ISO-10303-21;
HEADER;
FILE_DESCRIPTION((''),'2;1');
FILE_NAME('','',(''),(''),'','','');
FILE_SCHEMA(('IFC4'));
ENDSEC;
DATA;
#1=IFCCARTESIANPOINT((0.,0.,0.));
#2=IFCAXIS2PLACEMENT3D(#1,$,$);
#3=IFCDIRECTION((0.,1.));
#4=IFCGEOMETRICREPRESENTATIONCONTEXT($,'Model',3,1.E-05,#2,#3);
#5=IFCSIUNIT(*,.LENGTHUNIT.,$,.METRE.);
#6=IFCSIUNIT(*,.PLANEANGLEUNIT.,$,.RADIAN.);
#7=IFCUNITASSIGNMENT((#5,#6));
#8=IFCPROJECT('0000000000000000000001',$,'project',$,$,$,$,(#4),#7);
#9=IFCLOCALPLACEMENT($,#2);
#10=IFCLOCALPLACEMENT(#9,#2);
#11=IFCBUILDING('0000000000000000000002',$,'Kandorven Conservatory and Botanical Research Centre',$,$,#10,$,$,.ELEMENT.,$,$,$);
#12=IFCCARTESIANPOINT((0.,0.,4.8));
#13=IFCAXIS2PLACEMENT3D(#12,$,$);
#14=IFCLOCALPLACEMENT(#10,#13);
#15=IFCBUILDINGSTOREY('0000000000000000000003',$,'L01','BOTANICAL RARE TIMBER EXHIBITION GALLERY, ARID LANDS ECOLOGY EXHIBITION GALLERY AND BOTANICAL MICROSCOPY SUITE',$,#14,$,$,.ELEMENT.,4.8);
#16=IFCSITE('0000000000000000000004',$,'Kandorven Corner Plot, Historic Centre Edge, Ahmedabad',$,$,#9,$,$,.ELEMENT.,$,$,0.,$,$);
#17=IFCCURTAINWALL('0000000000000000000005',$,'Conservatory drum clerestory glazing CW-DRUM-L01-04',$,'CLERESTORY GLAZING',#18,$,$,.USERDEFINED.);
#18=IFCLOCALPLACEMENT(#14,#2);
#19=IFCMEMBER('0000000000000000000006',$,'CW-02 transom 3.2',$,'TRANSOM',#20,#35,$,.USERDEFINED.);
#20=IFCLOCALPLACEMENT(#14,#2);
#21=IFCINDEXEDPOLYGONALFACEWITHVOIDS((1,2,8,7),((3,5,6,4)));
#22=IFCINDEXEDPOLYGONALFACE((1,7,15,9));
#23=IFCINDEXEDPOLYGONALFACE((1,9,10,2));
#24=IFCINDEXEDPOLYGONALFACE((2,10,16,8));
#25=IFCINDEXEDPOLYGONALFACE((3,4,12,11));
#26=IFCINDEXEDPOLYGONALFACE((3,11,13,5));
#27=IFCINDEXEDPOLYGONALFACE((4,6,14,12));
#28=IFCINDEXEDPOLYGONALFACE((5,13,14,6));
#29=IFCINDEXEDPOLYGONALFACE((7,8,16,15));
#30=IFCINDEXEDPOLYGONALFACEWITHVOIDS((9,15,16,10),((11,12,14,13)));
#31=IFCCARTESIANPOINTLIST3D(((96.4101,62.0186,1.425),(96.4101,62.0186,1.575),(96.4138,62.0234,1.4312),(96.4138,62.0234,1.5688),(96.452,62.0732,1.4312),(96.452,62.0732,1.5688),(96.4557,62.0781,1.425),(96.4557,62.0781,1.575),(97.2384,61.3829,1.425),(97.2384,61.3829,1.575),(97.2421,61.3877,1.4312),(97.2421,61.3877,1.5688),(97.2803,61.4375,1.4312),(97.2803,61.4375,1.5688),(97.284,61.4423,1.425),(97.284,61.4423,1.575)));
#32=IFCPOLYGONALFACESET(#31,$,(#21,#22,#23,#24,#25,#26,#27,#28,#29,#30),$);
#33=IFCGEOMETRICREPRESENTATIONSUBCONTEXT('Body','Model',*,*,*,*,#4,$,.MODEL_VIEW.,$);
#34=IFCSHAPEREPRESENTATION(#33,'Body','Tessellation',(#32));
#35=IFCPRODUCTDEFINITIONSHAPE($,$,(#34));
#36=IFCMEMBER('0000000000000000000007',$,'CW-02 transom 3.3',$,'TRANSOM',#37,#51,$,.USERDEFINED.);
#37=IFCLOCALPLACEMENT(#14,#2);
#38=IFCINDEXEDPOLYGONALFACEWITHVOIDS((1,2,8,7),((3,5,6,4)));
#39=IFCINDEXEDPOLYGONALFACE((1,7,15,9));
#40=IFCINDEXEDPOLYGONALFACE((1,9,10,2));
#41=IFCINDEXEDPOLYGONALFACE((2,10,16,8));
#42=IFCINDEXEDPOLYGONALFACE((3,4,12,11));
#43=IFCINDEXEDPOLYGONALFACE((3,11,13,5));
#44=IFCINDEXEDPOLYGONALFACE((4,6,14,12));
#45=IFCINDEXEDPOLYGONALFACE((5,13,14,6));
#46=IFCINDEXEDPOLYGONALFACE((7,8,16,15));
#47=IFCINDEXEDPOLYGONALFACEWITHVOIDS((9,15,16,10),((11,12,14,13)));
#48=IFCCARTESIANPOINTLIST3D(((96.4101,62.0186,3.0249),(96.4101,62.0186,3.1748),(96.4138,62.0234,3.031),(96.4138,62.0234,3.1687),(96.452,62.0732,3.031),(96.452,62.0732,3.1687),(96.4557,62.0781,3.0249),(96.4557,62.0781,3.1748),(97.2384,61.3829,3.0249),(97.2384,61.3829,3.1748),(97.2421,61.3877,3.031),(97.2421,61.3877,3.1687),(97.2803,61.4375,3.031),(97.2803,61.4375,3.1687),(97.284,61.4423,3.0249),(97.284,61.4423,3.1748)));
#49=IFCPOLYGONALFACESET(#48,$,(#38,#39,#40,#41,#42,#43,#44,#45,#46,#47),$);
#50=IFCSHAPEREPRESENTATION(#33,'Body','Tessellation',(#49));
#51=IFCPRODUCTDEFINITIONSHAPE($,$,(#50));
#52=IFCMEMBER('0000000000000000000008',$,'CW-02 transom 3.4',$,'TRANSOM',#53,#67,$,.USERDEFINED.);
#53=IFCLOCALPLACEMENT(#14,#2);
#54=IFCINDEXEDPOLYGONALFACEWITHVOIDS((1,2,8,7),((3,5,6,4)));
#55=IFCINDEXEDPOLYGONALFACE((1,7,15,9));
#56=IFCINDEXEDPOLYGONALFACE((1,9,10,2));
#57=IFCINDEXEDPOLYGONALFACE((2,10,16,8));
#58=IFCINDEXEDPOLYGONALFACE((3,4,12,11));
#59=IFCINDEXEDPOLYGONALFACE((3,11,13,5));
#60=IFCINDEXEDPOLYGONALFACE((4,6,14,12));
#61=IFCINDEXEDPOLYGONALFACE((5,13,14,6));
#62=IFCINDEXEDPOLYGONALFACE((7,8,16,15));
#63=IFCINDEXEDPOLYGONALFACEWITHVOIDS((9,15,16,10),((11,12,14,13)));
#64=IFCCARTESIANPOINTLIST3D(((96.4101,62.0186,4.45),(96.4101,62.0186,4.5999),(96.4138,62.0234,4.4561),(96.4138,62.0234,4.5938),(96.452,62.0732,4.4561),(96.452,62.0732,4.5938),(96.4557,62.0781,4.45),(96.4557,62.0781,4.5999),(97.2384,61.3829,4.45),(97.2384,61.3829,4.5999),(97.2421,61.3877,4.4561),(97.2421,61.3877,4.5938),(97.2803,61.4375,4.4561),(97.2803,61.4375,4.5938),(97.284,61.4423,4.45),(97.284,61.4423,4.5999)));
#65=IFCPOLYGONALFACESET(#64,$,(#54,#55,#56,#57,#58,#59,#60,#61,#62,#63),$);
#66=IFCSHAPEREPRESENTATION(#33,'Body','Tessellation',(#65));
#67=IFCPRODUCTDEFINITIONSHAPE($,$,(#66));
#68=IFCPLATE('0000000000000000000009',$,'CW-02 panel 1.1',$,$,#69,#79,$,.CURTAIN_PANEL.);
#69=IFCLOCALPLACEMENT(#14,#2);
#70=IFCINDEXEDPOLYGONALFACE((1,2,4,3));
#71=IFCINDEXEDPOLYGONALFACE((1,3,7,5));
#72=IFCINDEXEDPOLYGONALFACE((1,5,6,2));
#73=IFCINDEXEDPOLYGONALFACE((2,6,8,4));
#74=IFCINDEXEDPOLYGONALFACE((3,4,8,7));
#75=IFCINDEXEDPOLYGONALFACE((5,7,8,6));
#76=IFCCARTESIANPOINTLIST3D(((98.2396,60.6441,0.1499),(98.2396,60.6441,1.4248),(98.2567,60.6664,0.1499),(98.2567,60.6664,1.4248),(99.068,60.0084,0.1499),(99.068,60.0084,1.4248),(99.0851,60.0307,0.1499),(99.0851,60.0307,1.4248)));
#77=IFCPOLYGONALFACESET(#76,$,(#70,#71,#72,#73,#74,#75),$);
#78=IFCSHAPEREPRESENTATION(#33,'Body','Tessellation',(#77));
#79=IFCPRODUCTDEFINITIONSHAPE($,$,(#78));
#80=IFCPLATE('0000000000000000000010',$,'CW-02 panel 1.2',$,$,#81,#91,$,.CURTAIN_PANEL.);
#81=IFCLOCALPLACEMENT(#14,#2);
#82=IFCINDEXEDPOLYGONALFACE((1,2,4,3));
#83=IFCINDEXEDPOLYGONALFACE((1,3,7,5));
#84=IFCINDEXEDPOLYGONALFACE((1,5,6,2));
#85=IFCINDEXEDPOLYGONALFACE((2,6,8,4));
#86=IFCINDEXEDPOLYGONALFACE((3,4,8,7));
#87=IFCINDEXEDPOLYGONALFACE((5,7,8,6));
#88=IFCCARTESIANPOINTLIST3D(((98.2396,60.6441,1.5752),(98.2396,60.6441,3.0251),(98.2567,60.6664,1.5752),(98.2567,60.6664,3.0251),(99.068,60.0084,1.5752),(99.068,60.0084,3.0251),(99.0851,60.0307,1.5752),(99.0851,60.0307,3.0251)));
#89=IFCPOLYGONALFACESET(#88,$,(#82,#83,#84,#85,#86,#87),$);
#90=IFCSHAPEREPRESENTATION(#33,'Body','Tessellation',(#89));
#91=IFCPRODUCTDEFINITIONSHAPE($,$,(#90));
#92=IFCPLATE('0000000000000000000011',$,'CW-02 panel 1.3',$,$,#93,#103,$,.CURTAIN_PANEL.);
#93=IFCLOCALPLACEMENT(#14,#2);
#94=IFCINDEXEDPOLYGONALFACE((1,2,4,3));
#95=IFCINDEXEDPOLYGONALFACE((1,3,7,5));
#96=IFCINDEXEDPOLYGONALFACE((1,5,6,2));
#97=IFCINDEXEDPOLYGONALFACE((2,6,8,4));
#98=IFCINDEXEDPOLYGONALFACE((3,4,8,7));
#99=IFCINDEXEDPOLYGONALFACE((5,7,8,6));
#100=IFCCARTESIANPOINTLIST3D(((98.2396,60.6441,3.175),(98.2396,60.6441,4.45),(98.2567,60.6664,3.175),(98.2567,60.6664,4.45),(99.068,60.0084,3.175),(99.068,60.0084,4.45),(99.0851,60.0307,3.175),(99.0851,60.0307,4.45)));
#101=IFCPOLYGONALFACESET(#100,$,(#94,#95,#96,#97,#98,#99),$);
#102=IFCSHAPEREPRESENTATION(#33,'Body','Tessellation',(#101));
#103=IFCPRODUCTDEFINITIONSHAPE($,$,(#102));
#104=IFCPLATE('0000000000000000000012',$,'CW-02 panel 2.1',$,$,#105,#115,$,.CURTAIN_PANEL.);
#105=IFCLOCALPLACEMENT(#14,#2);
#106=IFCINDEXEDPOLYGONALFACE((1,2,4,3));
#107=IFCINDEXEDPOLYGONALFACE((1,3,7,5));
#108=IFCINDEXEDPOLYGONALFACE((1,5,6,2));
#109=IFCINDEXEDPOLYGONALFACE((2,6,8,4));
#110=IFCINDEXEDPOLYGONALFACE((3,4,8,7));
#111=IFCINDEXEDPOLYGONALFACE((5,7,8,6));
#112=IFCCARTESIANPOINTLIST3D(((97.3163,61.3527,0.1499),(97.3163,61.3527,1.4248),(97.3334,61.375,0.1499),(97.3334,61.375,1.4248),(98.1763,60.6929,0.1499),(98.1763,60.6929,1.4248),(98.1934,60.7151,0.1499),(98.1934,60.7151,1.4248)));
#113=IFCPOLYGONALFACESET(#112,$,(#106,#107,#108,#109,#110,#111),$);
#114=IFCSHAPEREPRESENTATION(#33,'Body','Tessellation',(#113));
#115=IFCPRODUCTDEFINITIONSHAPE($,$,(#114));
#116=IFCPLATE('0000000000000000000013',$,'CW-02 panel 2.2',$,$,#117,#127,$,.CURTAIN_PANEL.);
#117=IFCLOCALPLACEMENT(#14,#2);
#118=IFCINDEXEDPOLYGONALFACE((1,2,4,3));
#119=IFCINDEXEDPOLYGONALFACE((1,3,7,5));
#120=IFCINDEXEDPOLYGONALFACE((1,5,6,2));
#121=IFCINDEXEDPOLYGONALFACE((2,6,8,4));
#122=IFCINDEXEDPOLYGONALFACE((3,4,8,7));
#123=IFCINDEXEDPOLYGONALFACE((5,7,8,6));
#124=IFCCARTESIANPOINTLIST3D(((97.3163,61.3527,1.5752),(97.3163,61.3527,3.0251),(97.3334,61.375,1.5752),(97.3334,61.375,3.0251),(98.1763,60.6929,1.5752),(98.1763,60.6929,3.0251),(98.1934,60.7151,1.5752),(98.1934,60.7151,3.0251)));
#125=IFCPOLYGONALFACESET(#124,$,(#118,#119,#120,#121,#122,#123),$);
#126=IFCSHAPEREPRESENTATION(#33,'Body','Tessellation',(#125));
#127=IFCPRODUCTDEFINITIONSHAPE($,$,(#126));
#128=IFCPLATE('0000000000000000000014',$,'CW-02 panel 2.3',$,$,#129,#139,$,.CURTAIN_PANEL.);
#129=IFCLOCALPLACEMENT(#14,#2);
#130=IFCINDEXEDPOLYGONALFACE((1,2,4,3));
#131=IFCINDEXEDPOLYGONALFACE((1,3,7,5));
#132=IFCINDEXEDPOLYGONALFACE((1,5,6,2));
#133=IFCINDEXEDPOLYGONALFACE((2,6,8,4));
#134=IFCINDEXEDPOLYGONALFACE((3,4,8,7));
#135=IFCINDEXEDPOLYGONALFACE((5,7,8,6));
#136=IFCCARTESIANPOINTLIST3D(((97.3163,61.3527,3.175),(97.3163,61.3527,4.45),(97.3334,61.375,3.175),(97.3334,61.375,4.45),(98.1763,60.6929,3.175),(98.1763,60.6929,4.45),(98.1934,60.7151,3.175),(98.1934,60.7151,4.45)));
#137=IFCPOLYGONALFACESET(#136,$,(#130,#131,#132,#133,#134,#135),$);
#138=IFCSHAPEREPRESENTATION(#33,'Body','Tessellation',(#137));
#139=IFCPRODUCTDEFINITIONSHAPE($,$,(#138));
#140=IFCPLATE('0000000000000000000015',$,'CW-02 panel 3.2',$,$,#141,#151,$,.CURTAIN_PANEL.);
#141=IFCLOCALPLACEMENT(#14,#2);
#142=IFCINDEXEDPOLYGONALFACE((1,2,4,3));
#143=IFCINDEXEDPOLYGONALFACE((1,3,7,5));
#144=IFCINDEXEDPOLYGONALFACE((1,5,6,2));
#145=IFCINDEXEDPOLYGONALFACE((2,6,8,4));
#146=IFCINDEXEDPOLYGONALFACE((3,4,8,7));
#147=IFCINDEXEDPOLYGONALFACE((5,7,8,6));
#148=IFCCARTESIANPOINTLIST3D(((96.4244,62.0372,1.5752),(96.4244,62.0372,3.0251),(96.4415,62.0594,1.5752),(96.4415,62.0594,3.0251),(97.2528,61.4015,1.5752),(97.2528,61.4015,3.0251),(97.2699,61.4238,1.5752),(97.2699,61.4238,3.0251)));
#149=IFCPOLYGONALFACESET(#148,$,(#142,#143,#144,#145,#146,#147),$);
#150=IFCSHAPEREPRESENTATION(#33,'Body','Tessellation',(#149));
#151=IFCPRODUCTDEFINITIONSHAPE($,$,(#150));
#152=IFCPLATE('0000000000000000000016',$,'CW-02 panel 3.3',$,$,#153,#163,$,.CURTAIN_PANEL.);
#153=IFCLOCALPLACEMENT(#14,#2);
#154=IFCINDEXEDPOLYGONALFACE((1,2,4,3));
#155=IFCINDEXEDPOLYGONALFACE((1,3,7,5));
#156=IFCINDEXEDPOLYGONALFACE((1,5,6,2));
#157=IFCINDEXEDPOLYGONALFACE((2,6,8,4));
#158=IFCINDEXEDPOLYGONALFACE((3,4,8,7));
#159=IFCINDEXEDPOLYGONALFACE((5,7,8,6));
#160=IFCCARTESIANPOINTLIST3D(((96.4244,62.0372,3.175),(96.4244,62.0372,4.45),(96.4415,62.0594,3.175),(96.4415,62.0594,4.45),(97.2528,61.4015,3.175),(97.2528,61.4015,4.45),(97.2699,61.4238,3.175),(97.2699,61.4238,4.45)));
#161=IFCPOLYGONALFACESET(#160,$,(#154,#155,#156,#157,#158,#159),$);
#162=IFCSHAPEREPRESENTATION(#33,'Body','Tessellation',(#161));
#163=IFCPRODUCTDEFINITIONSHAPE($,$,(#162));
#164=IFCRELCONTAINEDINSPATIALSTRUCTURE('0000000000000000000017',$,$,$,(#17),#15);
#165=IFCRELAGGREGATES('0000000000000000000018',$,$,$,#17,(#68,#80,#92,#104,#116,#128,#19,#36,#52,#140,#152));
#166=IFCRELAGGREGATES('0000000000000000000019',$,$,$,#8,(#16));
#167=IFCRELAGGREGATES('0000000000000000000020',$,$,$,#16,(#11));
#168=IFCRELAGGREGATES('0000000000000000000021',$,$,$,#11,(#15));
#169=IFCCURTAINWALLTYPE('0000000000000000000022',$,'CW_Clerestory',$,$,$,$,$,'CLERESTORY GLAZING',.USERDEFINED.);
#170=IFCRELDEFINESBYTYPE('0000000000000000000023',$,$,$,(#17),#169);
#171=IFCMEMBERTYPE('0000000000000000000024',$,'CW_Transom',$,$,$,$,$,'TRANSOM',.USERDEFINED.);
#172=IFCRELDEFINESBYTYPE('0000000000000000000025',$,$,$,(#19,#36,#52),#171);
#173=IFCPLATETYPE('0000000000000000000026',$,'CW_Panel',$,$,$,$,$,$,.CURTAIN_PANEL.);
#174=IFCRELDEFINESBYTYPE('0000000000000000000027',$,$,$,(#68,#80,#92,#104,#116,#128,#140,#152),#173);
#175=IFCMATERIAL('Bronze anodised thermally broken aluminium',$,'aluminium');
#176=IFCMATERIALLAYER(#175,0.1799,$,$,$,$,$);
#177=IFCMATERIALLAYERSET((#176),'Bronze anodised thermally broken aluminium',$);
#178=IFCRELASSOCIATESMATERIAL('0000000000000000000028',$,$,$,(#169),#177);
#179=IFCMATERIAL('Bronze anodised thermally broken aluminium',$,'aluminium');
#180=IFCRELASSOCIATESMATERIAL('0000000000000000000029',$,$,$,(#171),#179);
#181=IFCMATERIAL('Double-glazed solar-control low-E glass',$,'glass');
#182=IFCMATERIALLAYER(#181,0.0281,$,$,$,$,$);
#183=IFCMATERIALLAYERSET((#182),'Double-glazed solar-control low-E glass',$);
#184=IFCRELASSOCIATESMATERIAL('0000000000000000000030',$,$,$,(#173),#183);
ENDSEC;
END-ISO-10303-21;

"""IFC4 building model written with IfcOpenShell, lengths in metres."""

from ifc_helpers import new_model, si_unit, direction, frame, origin, origin_2d, place, context, subcontext, project, spatial, rectangle, hollow_rectangle, extrude, material, layer, layer_set, material_profile, profile_set, type_object, element, aggregate, save


model = new_model("IFC4")

# Units and contexts
model_context = context("Model", 3, precision=1e-05, world=origin(), true_north=direction((0.0, 1.0)))
body_context = subcontext(model_context, "Body", "Model", "MODEL_VIEW")
ifc_project = project(units=[si_unit("LENGTHUNIT", "METRE"), si_unit("PLANEANGLEUNIT", "RADIAN")], contexts=[model_context])

# Site, building, storey
site_placement = place(None, origin())
site = spatial("IfcSite", under=ifc_project, at=site_placement, Name="Kandorven Corner Plot, Historic Centre Edge, Ahmedabad", CompositionType="ELEMENT", RefElevation=0.0)
building_placement = place(site_placement, origin())
building = spatial("IfcBuilding", under=site, at=building_placement, Name="Kandorven Conservatory and Botanical Research Centre", CompositionType="ELEMENT")
storey_placement = place(building_placement, frame((0.0, 0.0, 4.8)))
storey = spatial("IfcBuildingStorey", under=building, at=storey_placement, Name="L01", Description="BOTANICAL RARE TIMBER EXHIBITION GALLERY, ARID LANDS ECOLOGY EXHIBITION GALLERY AND BOTANICAL MICROSCOPY SUITE", CompositionType="ELEMENT", Elevation=4.8)

# Curtain wall, members, plates
ifc_material_1 = material(Name="Bronze anodised thermally broken aluminium", Category="aluminium")
ifc_layer_1 = layer(ifc_material_1, 0.1799)
ifc_layer_set_1 = layer_set([ifc_layer_1], Name="Bronze anodised thermally broken aluminium")
curtain_wall_type = type_object("IfcCurtainWallType", Name="CW_Clerestory", ElementType="CLERESTORY GLAZING", PredefinedType="USERDEFINED", material=ifc_layer_set_1)
curtain_wall_placement = place(storey_placement, origin())
curtain_wall = element("IfcCurtainWall", 1, at=curtain_wall_placement, inside=storey, type_object=curtain_wall_type, Name="Conservatory drum clerestory glazing CW-DRUM-L01-04", ObjectType="CLERESTORY GLAZING", PredefinedType="USERDEFINED")
ifc_material_2 = material(Name="Bronze anodised thermally broken aluminium", Category="aluminium")
ifc_material_profile_1 = material_profile(ifc_material_2, hollow_rectangle(XDim=0.075, YDim=0.1499, WallThickness=0.0061, at=origin_2d()))
ifc_profile_set_1 = profile_set([ifc_material_profile_1], Name="Bronze anodised thermally broken aluminium")
member_type_1 = type_object("IfcMemberType", Name="CW_Transom", ElementType="TRANSOM", PredefinedType="USERDEFINED", material=ifc_profile_set_1)
member_1_placement = place(storey_placement, frame((97.2612, 61.4126, 1.5), z_axis=(-0.793301, 0.608829, 0.0), x_axis=(-0.608829, -0.793301, 0.0)))
member_1 = element("IfcMember", 2, at=member_1_placement, type_object=member_type_1, Name="CW-02 transom 3.2", ObjectType="TRANSOM", PredefinedType="USERDEFINED", context=body_context, shape_type="SweptSolid", body=[
    extrude(hollow_rectangle(XDim=0.075, YDim=0.1499, WallThickness=0.0061, at=origin_2d()), origin(), (0.0, 0.0, 1.0), 1.0442),
])
member_2_placement = place(storey_placement, frame((97.2612, 61.4126, 3.0999), z_axis=(-0.793301, 0.608829, 0.0), x_axis=(-0.608829, -0.793301, 0.0)))
member_2 = element("IfcMember", 3, at=member_2_placement, type_object=member_type_1, Name="CW-02 transom 3.3", ObjectType="TRANSOM", PredefinedType="USERDEFINED", context=body_context, shape_type="SweptSolid", body=[
    extrude(hollow_rectangle(XDim=0.075, YDim=0.1499, WallThickness=0.0061, at=origin_2d()), origin(), (0.0, 0.0, 1.0), 1.0442),
])
member_3_placement = place(storey_placement, frame((97.2612, 61.4126, 4.5249), z_axis=(-0.793301, 0.608829, 0.0), x_axis=(-0.608829, -0.793301, 0.0)))
member_3 = element("IfcMember", 4, at=member_3_placement, type_object=member_type_1, Name="CW-02 transom 3.4", ObjectType="TRANSOM", PredefinedType="USERDEFINED", context=body_context, shape_type="SweptSolid", body=[
    extrude(hollow_rectangle(XDim=0.075, YDim=0.1499, WallThickness=0.0061, at=origin_2d()), origin(), (0.0, 0.0, 1.0), 1.0442),
])
ifc_material_3 = material(Name="Double-glazed solar-control low-E glass", Category="glass")
ifc_layer_2 = layer(ifc_material_3, 0.0281)
ifc_layer_set_2 = layer_set([ifc_layer_2], Name="Double-glazed solar-control low-E glass")
plate_type = type_object("IfcPlateType", Name="CW_Panel", PredefinedType="CURTAIN_PANEL", material=ifc_layer_set_2)
plate_1_placement = place(storey_placement, frame((98.6624, 60.3374, 0.1499), z_axis=(0.0, 0.0, 1.0), x_axis=(-0.793347, 0.608769, 0.0)))
plate_1 = element("IfcPlate", 5, at=plate_1_placement, type_object=plate_type, Name="CW-02 panel 1.1", PredefinedType="CURTAIN_PANEL", context=body_context, shape_type="SweptSolid", body=[
    extrude(rectangle(XDim=1.0442, YDim=0.0281, at=origin_2d()), origin(), (0.0, 0.0, 1.0), 1.2749),
])
plate_2_placement = place(storey_placement, frame((98.6624, 60.3374, 1.5752), z_axis=(0.0, 0.0, 1.0), x_axis=(-0.793347, 0.608769, 0.0)))
plate_2 = element("IfcPlate", 6, at=plate_2_placement, type_object=plate_type, Name="CW-02 panel 1.2", PredefinedType="CURTAIN_PANEL", context=body_context, shape_type="SweptSolid", body=[
    extrude(rectangle(XDim=1.0442, YDim=0.0281, at=origin_2d()), origin(), (0.0, 0.0, 1.0), 1.45),
])
plate_3_placement = place(storey_placement, frame((98.6624, 60.3374, 3.175), z_axis=(0.0, 0.0, 1.0), x_axis=(-0.793347, 0.608769, 0.0)))
plate_3 = element("IfcPlate", 7, at=plate_3_placement, type_object=plate_type, Name="CW-02 panel 1.3", PredefinedType="CURTAIN_PANEL", context=body_context, shape_type="SweptSolid", body=[
    extrude(rectangle(XDim=1.0442, YDim=0.0281, at=origin_2d()), origin(), (0.0, 0.0, 1.0), 1.2749),
])
plate_4_placement = place(storey_placement, frame((97.7549, 61.0339, 0.1499), z_axis=(0.0, 0.0, 1.0), x_axis=(-0.793347, 0.608769, 0.0)))
plate_4 = element("IfcPlate", 8, at=plate_4_placement, type_object=plate_type, Name="CW-02 panel 2.1", PredefinedType="CURTAIN_PANEL", context=body_context, shape_type="SweptSolid", body=[
    extrude(rectangle(XDim=1.084, YDim=0.0281, at=origin_2d()), origin(), (0.0, 0.0, 1.0), 1.2749),
])
plate_5_placement = place(storey_placement, frame((97.7549, 61.0339, 1.5752), z_axis=(0.0, 0.0, 1.0), x_axis=(-0.793347, 0.608769, 0.0)))
plate_5 = element("IfcPlate", 9, at=plate_5_placement, type_object=plate_type, Name="CW-02 panel 2.2", PredefinedType="CURTAIN_PANEL", context=body_context, shape_type="SweptSolid", body=[
    extrude(rectangle(XDim=1.084, YDim=0.0281, at=origin_2d()), origin(), (0.0, 0.0, 1.0), 1.45),
])
plate_6_placement = place(storey_placement, frame((97.7549, 61.0339, 3.175), z_axis=(0.0, 0.0, 1.0), x_axis=(-0.793347, 0.608769, 0.0)))
plate_6 = element("IfcPlate", 10, at=plate_6_placement, type_object=plate_type, Name="CW-02 panel 2.3", PredefinedType="CURTAIN_PANEL", context=body_context, shape_type="SweptSolid", body=[
    extrude(rectangle(XDim=1.084, YDim=0.0281, at=origin_2d()), origin(), (0.0, 0.0, 1.0), 1.2749),
])
plate_7_placement = place(storey_placement, frame((96.8472, 61.7305, 1.5752), z_axis=(0.0, 0.0, 1.0), x_axis=(-0.793347, 0.608769, 0.0)))
plate_7 = element("IfcPlate", 11, at=plate_7_placement, type_object=plate_type, Name="CW-02 panel 3.2", PredefinedType="CURTAIN_PANEL", context=body_context, shape_type="SweptSolid", body=[
    extrude(rectangle(XDim=1.0442, YDim=0.0281, at=origin_2d()), origin(), (0.0, 0.0, 1.0), 1.45),
])
plate_8_placement = place(storey_placement, frame((96.8472, 61.7305, 3.175), z_axis=(0.0, 0.0, 1.0), x_axis=(-0.793347, 0.608769, 0.0)))
plate_8 = element("IfcPlate", 12, at=plate_8_placement, type_object=plate_type, Name="CW-02 panel 3.3", PredefinedType="CURTAIN_PANEL", context=body_context, shape_type="SweptSolid", body=[
    extrude(rectangle(XDim=1.0442, YDim=0.0281, at=origin_2d()), origin(), (0.0, 0.0, 1.0), 1.2749),
])
aggregate(curtain_wall, [plate_1, plate_2, plate_3, plate_4, plate_5, plate_6, member_1, member_2, member_3, plate_7, plate_8])

save(model, "model.ifc")
